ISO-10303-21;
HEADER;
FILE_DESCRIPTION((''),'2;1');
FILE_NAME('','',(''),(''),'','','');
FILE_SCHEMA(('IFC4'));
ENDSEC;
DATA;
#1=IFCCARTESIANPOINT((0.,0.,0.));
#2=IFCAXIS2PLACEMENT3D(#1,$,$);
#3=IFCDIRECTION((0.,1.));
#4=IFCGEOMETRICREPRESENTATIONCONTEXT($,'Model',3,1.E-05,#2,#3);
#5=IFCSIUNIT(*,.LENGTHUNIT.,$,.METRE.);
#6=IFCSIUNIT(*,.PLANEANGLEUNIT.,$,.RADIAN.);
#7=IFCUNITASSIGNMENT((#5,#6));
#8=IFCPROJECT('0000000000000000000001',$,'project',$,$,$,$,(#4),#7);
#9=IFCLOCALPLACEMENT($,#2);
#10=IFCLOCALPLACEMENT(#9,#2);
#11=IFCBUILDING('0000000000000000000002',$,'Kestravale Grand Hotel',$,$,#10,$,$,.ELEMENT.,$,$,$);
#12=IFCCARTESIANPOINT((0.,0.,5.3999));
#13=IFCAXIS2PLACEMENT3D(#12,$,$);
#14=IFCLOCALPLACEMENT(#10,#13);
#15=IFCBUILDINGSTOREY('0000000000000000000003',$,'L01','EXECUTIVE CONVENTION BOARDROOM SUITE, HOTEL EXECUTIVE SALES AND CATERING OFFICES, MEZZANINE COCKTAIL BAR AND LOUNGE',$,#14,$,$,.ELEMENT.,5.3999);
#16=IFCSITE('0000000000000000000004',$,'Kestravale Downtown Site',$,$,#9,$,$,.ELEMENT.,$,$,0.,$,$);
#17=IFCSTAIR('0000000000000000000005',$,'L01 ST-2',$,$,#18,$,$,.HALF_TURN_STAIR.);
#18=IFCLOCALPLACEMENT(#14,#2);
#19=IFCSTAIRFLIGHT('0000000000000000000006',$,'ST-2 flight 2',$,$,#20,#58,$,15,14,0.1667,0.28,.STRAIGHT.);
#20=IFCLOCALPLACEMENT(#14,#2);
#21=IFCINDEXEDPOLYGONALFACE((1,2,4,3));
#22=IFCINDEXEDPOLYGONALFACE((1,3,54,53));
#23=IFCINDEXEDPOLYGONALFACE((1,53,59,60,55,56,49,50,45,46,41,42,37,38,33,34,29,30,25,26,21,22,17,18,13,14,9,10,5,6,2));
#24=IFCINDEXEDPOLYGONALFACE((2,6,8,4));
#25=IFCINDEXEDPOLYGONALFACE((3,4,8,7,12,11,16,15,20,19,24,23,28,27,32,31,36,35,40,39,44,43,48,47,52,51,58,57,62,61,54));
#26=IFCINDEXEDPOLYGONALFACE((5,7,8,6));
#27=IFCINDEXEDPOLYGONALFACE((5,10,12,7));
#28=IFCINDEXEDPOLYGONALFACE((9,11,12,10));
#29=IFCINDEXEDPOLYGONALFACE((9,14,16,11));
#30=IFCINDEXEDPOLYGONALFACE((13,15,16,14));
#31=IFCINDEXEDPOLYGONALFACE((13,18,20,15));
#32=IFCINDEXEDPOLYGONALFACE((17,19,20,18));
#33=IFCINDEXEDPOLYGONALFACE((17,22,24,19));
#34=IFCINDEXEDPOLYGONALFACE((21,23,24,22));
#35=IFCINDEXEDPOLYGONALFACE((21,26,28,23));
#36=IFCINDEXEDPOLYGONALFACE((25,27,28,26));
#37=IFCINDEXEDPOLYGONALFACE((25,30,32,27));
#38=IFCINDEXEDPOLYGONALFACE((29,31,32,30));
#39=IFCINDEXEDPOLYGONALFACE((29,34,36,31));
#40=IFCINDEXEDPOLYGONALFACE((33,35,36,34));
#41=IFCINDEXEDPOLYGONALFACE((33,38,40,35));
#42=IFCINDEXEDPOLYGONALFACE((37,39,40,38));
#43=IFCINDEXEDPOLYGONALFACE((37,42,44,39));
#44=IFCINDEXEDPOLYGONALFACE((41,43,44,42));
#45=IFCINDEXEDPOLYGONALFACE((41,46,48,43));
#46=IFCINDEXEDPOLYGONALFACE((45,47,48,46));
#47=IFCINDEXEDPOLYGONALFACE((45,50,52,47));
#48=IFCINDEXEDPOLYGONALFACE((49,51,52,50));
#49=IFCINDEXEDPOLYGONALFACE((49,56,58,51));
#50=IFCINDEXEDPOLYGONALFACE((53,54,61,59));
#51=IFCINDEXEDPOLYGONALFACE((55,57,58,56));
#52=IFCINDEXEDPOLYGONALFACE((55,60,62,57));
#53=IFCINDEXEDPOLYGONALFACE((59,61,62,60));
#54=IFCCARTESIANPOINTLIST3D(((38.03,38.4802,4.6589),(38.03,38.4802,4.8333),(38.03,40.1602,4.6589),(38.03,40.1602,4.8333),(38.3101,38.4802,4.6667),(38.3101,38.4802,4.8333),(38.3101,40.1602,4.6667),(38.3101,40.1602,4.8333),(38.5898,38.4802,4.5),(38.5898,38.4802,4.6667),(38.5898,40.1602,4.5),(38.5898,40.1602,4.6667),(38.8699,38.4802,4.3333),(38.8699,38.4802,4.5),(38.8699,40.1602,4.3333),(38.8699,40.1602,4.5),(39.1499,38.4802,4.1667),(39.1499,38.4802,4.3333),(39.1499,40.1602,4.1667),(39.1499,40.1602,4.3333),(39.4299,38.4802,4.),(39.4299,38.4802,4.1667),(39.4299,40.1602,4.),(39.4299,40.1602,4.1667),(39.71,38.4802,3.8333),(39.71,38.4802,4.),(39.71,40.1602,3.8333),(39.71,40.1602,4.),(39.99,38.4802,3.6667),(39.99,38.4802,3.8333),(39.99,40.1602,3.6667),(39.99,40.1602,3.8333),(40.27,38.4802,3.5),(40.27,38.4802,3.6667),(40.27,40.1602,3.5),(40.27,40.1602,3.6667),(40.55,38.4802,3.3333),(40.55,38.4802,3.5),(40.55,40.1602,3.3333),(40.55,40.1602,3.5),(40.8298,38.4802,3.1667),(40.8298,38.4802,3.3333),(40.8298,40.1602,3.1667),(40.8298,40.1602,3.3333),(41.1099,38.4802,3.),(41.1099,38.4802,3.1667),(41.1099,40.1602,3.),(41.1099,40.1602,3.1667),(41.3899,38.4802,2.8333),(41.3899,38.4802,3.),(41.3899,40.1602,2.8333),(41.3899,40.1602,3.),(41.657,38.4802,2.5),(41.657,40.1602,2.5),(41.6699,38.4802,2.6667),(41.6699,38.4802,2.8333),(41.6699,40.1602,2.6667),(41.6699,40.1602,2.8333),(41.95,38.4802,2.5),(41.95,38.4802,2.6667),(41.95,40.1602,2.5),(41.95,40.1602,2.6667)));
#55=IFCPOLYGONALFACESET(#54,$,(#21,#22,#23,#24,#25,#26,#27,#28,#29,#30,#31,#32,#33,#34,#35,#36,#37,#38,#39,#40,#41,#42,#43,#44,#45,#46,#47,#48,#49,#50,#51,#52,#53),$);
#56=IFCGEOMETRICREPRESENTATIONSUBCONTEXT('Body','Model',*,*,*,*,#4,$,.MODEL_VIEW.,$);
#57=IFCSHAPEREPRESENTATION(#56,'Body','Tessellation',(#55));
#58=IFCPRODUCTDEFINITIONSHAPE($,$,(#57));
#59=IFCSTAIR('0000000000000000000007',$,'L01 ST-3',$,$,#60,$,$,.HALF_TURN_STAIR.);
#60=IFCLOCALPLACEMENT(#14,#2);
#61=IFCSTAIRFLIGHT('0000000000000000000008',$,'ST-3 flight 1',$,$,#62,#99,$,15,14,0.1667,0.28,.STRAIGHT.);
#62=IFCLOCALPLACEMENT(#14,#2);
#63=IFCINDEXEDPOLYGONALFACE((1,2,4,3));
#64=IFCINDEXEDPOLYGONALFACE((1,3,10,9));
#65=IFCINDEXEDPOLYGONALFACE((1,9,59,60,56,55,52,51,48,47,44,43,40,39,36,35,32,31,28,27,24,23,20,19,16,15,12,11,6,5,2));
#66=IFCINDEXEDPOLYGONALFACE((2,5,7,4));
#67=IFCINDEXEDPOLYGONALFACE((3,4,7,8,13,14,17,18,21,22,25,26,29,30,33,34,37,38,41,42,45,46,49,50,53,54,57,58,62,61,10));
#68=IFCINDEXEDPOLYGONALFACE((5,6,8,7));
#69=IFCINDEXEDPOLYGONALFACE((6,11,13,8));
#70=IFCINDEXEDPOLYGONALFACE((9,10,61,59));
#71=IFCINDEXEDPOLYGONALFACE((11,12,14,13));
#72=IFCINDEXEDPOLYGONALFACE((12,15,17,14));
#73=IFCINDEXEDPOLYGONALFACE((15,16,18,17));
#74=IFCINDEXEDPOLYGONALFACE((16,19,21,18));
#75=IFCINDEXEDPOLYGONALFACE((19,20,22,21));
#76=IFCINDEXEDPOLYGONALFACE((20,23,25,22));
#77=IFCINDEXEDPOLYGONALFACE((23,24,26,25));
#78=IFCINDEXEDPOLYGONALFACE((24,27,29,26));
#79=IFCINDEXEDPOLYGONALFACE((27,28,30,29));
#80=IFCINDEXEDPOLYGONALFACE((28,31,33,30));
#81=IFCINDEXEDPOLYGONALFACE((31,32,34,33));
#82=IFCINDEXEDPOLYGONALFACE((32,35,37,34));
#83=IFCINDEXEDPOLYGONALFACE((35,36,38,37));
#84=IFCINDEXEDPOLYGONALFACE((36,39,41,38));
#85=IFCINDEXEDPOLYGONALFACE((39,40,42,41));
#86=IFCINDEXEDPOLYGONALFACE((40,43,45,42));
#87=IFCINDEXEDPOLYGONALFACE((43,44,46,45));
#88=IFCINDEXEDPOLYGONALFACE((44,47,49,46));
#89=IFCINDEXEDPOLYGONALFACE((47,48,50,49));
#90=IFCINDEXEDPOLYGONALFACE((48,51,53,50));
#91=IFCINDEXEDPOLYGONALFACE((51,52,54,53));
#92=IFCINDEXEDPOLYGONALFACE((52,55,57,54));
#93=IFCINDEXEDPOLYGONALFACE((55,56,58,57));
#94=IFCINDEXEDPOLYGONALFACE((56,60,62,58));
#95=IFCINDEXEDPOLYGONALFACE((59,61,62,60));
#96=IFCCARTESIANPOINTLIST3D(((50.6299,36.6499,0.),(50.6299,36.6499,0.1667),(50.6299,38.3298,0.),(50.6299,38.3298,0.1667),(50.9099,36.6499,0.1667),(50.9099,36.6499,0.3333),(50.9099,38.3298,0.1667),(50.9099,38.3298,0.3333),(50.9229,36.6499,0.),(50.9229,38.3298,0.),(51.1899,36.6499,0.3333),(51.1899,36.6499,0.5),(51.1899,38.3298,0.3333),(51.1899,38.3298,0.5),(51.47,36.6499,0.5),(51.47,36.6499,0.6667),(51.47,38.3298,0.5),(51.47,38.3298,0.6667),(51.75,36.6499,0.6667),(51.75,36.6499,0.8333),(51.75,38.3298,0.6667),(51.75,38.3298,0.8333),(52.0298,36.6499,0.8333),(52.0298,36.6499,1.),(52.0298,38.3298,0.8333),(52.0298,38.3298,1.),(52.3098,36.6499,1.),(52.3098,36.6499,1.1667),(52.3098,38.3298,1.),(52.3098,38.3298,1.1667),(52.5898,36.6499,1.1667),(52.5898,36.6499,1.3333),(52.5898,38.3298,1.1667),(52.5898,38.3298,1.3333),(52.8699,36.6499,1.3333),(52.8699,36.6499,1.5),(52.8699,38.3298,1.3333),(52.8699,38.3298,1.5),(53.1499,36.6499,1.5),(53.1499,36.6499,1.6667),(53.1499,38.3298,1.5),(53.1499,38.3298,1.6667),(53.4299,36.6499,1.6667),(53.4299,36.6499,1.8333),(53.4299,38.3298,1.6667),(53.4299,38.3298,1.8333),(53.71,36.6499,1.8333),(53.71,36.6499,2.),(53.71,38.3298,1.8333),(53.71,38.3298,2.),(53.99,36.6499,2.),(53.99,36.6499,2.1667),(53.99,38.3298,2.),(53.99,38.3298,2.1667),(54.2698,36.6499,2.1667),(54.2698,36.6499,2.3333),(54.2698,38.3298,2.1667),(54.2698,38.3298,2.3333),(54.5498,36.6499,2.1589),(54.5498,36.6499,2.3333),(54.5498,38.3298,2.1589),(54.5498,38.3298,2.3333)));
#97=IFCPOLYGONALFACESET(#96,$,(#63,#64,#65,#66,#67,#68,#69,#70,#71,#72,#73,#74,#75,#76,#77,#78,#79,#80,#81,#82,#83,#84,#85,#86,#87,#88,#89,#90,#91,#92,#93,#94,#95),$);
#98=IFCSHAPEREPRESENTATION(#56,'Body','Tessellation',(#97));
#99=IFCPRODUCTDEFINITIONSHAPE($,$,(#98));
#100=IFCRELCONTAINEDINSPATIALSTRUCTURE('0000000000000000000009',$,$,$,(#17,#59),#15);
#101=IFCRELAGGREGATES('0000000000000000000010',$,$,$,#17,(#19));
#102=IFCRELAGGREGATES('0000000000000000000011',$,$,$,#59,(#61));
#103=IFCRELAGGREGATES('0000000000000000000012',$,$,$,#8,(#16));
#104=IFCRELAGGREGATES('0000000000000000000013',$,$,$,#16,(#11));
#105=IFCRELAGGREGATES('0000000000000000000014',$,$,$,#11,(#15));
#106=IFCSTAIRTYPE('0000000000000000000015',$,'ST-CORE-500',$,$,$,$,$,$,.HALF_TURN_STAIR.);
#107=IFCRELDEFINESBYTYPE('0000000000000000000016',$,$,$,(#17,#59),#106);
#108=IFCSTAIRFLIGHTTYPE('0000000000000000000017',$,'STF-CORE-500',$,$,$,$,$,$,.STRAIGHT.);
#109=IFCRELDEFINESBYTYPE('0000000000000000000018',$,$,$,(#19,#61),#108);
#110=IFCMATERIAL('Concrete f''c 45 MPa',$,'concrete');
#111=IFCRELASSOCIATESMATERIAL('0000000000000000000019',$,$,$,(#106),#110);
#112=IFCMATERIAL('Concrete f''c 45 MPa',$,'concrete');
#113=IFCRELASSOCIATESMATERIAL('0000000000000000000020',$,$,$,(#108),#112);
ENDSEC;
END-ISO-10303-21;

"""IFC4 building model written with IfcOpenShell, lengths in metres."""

from ifc_helpers import new_model, si_unit, direction, frame, origin, place, context, subcontext, project, spatial, polyline, outline, extrude, material, type_object, element, aggregate, save


model = new_model("IFC4")

# Units and contexts
model_context = context("Model", 3, precision=1e-05, world=origin(), true_north=direction((0.0, 1.0)))
body_context = subcontext(model_context, "Body", "Model", "MODEL_VIEW")
ifc_project = project(units=[si_unit("LENGTHUNIT", "METRE"), si_unit("PLANEANGLEUNIT", "RADIAN")], contexts=[model_context])

# Site, building, storey
site_placement = place(None, origin())
site = spatial("IfcSite", under=ifc_project, at=site_placement, Name="Kestravale Downtown Site", CompositionType="ELEMENT", RefElevation=0.0)
building_placement = place(site_placement, origin())
building = spatial("IfcBuilding", under=site, at=building_placement, Name="Kestravale Grand Hotel", CompositionType="ELEMENT")
storey_placement = place(building_placement, frame((0.0, 0.0, 5.3999)))
storey = spatial("IfcBuildingStorey", under=building, at=storey_placement, Name="L01", Description="EXECUTIVE CONVENTION BOARDROOM SUITE, HOTEL EXECUTIVE SALES AND CATERING OFFICES, MEZZANINE COCKTAIL BAR AND LOUNGE", CompositionType="ELEMENT", Elevation=5.3999)

# Stair, stair flight
ifc_material_1 = material(Name="Concrete f'c 45 MPa", Category="concrete")
stair_type = type_object("IfcStairType", Name="ST-CORE-500", PredefinedType="HALF_TURN_STAIR", material=ifc_material_1)
stair_1_placement = place(storey_placement, origin())
stair_1 = element("IfcStair", 1, at=stair_1_placement, inside=storey, type_object=stair_type, Name="L01 ST-2", PredefinedType="HALF_TURN_STAIR")
ifc_material_2 = material(Name="Concrete f'c 45 MPa", Category="concrete")
stair_flight_type = type_object("IfcStairFlightType", Name="STF-CORE-500", PredefinedType="STRAIGHT", material=ifc_material_2)
stair_flight_1_placement = place(storey_placement, frame((41.95, 39.3201, 2.5), z_axis=(0.0, 0.0, 1.0), x_axis=(-1.0, 0.0, 0.0)))
stair_flight_1 = element("IfcStairFlight", 2, at=stair_flight_1_placement, type_object=stair_flight_type, Name="ST-2 flight 2", NumberOfRisers=15, NumberOfTreads=14, PredefinedType="STRAIGHT", RiserHeight=0.1667, TreadLength=0.28, context=body_context, shape_type="SweptSolid", body=[
    extrude(outline(polyline([(0.0, 0.0), (0.0, 0.1667), (0.28, 0.1667), (0.28, 0.3333), (0.5601, 0.3333), (0.5601, 0.5), (0.8401, 0.5), (0.8401, 0.6667), (1.1201, 0.6667), (1.1201, 0.8333), (1.3999, 0.8333), (1.3999, 1.0), (1.6799, 1.0), (1.6799, 1.1667), (1.96, 1.1667), (1.96, 1.3333), (2.24, 1.3333), (2.24, 1.5), (2.52, 1.5), (2.52, 1.6667), (2.8, 1.6667), (2.8, 1.8333), (3.0801, 1.8333), (3.0801, 2.0), (3.3601, 2.0), (3.3601, 2.1667), (3.6399, 2.1667), (3.6399, 2.3333), (3.9199, 2.3333), (3.9199, 2.5), (3.9199, 2.1589), (0.293, 0.0), (0.0, 0.0)])), frame((0.0, 0.8398, 0.0), z_axis=(0.0, -1.0, 0.0), x_axis=(1.0, 0.0, 0.0)), (0.0, 0.0, 1.0), 1.6799),
])
aggregate(stair_1, [stair_flight_1])

# Stair, stair flight
stair_2_placement = place(storey_placement, origin())
stair_2 = element("IfcStair", 3, at=stair_2_placement, inside=storey, type_object=stair_type, Name="L01 ST-3", PredefinedType="HALF_TURN_STAIR")
stair_flight_2_placement = place(storey_placement, frame((50.6299, 37.49, 0.0), z_axis=(0.0, 0.0, 1.0), x_axis=(1.0, 0.0, 0.0)))
stair_flight_2 = element("IfcStairFlight", 4, at=stair_flight_2_placement, type_object=stair_flight_type, Name="ST-3 flight 1", NumberOfRisers=15, NumberOfTreads=14, PredefinedType="STRAIGHT", RiserHeight=0.1667, TreadLength=0.28, context=body_context, shape_type="SweptSolid", body=[
    extrude(outline(polyline([(0.0, 0.0), (0.0, 0.1667), (0.28, 0.1667), (0.28, 0.3333), (0.5601, 0.3333), (0.5601, 0.5), (0.8401, 0.5), (0.8401, 0.6667), (1.1201, 0.6667), (1.1201, 0.8333), (1.3999, 0.8333), (1.3999, 1.0), (1.6799, 1.0), (1.6799, 1.1667), (1.96, 1.1667), (1.96, 1.3333), (2.24, 1.3333), (2.24, 1.5), (2.52, 1.5), (2.52, 1.6667), (2.8, 1.6667), (2.8, 1.8333), (3.0801, 1.8333), (3.0801, 2.0), (3.3601, 2.0), (3.3601, 2.1667), (3.6399, 2.1667), (3.6399, 2.3333), (3.9199, 2.3333), (3.9199, 2.5), (3.9199, 2.1589), (0.293, 0.0), (0.0, 0.0)])), frame((0.0, 0.8398, 0.0), z_axis=(0.0, -1.0, 0.0), x_axis=(1.0, 0.0, 0.0)), (0.0, 0.0, 1.0), 1.6799),
])
aggregate(stair_2, [stair_flight_2])

save(model, "model.ifc")
